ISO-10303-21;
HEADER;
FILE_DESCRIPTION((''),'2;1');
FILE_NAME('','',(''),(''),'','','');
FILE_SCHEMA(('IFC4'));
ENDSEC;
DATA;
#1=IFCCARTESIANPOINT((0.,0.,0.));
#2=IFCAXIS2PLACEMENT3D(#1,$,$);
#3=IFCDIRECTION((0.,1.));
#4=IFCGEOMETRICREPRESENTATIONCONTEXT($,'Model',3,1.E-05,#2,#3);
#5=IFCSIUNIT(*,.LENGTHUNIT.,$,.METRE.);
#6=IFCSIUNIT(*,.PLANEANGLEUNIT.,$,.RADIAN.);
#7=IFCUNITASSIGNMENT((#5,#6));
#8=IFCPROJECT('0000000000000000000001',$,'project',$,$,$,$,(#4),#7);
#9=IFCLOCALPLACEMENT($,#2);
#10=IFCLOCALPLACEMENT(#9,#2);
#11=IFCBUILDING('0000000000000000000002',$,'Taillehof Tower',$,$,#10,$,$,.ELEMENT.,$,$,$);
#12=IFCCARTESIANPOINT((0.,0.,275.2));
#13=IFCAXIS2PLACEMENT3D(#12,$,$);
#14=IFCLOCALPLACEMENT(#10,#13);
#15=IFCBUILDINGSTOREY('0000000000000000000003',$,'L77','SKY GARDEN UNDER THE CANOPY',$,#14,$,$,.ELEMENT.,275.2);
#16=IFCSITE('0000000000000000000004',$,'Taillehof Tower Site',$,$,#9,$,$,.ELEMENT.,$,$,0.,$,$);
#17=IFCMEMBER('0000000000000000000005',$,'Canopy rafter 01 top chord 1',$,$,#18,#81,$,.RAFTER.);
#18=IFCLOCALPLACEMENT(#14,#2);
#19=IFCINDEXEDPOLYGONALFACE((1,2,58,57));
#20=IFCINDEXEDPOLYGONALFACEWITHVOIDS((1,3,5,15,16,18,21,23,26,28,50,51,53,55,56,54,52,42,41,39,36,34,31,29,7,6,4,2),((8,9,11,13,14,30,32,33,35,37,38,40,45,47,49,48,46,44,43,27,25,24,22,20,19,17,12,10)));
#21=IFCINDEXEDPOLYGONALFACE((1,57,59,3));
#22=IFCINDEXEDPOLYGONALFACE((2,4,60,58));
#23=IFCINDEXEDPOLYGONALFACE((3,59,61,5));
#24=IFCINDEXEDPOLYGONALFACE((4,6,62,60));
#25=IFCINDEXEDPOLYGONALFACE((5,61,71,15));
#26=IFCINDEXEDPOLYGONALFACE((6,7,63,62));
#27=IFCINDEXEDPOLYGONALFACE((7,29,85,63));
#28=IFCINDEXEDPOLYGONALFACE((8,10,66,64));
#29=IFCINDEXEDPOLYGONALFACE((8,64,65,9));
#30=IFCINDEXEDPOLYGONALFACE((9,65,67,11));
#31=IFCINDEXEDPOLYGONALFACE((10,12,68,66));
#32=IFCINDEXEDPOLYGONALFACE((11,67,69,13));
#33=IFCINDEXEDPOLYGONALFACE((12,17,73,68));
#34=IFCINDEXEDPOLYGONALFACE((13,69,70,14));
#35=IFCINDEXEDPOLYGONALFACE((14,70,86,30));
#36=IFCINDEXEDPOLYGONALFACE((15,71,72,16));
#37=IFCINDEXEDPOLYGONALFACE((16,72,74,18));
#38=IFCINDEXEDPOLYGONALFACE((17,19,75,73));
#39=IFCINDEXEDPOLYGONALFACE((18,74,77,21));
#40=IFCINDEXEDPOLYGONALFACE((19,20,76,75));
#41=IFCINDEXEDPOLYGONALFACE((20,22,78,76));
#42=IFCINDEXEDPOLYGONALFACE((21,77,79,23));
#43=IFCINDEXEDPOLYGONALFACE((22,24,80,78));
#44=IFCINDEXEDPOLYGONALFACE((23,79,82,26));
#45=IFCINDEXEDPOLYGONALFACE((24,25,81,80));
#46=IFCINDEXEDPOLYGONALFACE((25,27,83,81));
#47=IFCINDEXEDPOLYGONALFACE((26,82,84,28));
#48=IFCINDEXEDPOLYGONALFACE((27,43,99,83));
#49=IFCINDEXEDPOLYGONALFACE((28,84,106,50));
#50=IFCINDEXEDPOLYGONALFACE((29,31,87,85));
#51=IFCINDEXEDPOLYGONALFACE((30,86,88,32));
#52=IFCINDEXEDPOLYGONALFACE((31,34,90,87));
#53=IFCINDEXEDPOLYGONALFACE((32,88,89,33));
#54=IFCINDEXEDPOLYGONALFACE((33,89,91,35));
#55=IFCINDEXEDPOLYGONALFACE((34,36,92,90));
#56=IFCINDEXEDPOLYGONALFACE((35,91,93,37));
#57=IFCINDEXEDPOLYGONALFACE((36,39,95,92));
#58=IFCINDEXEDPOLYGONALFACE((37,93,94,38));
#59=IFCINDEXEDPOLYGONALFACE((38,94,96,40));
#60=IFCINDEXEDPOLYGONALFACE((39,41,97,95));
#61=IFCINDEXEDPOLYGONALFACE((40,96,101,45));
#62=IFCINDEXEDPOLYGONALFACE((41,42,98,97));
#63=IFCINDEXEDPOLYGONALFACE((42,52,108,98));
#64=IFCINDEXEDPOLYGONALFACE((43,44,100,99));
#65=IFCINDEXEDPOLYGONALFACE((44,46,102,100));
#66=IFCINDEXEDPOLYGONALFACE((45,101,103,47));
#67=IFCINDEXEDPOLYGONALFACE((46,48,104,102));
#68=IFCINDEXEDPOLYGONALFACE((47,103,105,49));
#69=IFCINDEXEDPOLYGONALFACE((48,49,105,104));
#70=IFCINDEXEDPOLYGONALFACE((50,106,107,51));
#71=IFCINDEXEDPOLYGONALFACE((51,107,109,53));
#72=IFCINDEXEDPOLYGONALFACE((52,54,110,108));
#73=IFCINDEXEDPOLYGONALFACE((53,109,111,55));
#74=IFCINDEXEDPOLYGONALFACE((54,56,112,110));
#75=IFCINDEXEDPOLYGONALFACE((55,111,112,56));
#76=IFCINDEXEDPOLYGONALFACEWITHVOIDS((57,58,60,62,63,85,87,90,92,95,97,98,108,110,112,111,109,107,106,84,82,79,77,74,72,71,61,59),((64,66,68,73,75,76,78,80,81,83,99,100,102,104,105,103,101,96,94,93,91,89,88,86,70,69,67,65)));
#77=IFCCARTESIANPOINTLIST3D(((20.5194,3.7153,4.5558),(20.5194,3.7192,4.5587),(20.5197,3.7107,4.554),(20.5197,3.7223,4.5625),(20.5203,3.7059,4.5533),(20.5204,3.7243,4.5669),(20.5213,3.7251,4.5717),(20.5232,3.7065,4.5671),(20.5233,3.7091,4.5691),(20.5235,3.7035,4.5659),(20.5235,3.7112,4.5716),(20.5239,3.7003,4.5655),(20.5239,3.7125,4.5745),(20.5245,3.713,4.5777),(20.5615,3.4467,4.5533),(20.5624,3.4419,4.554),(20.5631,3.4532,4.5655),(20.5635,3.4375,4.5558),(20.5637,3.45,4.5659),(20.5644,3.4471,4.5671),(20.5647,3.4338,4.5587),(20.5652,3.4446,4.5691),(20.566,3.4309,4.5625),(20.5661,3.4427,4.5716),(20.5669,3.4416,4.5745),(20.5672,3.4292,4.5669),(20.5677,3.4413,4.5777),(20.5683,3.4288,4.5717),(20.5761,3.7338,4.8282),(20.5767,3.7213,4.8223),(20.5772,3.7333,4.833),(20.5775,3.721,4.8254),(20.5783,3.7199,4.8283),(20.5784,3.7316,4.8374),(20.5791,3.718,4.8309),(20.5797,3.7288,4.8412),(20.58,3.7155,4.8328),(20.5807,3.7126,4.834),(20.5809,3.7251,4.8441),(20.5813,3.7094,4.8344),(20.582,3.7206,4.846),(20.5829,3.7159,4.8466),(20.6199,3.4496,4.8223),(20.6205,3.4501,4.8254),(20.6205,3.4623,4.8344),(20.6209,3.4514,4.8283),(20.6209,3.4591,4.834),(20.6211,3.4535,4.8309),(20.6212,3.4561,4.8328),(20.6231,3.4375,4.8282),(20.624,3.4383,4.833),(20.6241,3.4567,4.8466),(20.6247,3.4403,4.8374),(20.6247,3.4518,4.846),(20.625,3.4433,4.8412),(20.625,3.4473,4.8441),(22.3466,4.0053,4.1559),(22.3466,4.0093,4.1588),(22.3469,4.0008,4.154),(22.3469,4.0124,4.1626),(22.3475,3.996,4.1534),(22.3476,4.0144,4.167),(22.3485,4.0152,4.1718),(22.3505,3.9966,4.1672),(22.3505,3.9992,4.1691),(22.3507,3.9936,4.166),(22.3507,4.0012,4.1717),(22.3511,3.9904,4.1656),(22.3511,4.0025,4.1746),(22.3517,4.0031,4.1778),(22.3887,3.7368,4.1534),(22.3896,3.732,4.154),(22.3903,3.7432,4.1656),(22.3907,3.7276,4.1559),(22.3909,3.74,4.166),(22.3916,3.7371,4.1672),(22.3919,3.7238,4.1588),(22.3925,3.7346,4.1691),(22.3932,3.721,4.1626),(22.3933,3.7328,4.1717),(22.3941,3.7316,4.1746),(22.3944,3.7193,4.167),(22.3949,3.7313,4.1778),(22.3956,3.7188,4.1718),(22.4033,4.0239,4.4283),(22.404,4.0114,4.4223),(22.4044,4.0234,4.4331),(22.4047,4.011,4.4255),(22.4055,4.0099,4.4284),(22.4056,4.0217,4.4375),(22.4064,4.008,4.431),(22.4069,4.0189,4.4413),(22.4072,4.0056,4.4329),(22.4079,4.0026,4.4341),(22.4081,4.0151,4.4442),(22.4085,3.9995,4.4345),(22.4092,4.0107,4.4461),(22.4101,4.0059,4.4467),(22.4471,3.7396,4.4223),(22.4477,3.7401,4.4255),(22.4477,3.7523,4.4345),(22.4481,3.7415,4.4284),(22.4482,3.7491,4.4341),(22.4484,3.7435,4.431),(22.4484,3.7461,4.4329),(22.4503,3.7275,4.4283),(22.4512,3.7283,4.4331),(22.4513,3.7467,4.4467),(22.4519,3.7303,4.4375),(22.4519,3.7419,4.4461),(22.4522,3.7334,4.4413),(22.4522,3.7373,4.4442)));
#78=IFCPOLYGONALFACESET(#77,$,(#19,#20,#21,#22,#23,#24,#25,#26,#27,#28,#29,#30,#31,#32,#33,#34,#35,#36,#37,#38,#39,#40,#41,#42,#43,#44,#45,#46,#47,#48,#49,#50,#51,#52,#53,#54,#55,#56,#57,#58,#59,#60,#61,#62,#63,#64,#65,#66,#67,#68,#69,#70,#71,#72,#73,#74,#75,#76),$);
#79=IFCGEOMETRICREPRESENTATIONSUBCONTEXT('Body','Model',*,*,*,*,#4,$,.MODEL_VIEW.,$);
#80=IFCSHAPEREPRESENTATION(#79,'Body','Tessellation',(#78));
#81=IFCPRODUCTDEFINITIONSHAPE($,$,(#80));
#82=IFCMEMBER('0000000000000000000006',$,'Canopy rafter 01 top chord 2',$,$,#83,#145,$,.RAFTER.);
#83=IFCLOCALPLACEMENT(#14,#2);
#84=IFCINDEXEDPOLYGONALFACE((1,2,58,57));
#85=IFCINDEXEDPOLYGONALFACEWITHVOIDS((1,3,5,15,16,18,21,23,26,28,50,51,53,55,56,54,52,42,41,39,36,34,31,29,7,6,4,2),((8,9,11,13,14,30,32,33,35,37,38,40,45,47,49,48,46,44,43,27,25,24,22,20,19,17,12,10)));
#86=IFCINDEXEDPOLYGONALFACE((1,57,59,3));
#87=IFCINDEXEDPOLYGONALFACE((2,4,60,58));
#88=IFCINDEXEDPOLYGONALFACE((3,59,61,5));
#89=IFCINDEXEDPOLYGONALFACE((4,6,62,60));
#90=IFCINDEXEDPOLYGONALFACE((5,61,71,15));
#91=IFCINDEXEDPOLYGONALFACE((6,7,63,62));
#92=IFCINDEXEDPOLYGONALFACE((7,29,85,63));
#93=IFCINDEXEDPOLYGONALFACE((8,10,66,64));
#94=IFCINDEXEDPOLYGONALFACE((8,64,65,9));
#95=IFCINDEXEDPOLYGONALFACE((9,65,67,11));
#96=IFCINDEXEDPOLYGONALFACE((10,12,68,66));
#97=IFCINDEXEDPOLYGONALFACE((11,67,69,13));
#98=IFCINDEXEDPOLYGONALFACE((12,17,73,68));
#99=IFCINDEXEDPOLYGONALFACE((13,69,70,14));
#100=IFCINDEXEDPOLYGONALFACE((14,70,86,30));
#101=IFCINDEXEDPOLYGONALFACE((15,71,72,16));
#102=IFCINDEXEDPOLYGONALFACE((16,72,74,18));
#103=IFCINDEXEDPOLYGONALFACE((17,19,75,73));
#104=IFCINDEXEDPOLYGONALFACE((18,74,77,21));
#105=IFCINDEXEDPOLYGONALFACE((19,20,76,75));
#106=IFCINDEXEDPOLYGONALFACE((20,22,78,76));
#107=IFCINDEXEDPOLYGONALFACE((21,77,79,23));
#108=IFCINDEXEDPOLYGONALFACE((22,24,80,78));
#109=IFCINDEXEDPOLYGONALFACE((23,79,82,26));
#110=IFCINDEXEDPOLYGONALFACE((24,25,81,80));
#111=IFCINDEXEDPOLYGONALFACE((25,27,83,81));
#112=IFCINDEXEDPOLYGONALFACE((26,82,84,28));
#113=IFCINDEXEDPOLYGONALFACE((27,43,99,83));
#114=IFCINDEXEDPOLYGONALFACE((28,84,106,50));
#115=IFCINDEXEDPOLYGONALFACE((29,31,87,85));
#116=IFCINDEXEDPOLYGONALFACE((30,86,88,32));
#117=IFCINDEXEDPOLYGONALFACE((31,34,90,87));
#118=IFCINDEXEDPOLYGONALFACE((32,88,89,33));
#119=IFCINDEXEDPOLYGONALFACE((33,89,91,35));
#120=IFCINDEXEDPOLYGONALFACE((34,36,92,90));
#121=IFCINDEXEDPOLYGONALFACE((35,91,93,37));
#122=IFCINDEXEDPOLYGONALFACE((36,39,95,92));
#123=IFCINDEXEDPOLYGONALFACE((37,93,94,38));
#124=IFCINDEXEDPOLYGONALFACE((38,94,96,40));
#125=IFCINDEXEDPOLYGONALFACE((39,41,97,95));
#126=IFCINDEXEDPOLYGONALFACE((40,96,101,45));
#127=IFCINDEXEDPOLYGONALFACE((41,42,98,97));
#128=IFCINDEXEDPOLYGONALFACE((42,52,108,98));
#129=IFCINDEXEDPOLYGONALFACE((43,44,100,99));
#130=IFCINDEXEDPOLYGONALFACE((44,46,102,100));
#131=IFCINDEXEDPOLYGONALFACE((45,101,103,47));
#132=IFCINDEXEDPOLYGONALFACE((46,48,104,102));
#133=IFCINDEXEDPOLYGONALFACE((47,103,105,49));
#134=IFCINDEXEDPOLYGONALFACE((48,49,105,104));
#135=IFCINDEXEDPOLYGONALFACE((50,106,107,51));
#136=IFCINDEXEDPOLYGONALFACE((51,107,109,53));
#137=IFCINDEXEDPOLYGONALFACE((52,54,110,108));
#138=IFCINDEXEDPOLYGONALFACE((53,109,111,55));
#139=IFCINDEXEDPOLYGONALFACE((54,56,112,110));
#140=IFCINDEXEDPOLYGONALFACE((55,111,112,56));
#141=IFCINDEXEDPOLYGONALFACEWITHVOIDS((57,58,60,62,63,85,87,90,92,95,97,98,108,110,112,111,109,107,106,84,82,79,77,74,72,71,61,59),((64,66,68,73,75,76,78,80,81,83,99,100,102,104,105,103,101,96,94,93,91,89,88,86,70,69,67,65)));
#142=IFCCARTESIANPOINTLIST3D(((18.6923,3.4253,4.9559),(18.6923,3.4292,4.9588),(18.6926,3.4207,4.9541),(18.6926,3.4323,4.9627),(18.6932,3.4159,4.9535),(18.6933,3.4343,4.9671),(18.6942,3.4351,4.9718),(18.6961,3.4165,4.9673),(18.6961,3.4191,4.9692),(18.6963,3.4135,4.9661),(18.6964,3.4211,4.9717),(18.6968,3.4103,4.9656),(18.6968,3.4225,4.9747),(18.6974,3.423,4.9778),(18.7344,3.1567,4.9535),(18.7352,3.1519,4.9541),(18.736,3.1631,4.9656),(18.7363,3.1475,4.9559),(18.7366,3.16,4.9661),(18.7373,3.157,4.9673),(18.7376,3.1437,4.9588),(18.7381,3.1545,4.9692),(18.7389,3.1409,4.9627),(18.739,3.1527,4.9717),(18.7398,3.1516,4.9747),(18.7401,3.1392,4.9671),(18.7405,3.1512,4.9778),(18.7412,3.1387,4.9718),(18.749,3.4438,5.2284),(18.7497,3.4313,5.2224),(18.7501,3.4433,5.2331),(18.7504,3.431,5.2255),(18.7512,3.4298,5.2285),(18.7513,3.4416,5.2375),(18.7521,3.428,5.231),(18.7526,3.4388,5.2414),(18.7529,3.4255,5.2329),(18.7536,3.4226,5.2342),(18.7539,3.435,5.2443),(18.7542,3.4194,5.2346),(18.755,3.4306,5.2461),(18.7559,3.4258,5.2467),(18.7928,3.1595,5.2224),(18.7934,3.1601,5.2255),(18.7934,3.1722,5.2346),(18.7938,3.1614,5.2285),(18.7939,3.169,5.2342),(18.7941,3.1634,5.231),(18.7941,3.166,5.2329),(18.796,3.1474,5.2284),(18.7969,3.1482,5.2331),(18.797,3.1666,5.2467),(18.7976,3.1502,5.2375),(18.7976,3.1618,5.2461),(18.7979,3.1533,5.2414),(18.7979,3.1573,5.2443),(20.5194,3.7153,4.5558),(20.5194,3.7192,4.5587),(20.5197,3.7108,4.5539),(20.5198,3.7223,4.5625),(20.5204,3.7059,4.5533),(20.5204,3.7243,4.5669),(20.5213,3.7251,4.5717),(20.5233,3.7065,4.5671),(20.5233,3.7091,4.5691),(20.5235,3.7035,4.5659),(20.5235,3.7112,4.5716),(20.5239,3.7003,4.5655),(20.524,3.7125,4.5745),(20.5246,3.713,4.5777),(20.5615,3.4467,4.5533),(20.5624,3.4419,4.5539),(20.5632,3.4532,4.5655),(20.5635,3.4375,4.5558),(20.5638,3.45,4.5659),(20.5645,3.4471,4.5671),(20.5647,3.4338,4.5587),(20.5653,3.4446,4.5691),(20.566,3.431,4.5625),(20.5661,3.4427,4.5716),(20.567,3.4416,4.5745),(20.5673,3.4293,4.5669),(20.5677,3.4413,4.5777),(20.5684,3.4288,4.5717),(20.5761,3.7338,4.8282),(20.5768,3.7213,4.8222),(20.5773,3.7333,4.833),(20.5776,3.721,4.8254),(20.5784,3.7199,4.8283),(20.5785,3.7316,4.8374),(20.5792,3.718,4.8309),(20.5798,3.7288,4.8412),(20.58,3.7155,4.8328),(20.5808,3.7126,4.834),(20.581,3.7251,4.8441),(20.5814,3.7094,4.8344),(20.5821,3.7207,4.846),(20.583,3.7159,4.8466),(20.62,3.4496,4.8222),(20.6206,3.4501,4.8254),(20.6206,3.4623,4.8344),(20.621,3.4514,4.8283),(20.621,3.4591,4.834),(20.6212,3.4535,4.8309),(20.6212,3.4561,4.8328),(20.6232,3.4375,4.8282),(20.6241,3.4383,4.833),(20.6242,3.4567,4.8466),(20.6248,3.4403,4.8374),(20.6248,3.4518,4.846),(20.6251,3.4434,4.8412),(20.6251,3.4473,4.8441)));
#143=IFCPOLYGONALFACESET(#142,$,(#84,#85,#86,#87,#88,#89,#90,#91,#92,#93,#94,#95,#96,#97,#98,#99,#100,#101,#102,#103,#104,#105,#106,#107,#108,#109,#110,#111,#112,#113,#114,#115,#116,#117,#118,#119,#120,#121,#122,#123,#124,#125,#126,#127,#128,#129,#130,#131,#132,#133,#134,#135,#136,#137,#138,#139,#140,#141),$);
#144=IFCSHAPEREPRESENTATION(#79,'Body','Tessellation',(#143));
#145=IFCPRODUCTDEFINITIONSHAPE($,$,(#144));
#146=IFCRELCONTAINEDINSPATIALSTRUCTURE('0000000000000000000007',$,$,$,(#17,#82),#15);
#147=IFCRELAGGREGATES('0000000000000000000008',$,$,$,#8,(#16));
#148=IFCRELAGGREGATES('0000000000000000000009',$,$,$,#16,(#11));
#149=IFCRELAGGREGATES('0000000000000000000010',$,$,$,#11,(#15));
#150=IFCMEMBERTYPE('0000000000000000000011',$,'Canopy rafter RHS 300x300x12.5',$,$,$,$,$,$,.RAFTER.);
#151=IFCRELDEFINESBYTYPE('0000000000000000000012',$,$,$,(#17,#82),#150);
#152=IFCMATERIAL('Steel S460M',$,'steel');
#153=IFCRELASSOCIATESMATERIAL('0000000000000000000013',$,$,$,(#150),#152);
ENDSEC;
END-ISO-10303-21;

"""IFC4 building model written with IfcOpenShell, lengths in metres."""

from ifc_helpers import new_model, si_unit, direction, frame, origin, origin_2d, place, context, subcontext, project, spatial, hollow_rectangle, extrude, material, material_profile, profile_set, type_object, element, save


model = new_model("IFC4")

# Units and contexts
model_context = context("Model", 3, precision=1e-05, world=origin(), true_north=direction((0.0, 1.0)))
body_context = subcontext(model_context, "Body", "Model", "MODEL_VIEW")
ifc_project = project(units=[si_unit("LENGTHUNIT", "METRE"), si_unit("PLANEANGLEUNIT", "RADIAN")], contexts=[model_context])

# Site, building, storey
site_placement = place(None, origin())
site = spatial("IfcSite", under=ifc_project, at=site_placement, Name="Taillehof Tower Site", CompositionType="ELEMENT", RefElevation=0.0)
building_placement = place(site_placement, origin())
building = spatial("IfcBuilding", under=site, at=building_placement, Name="Taillehof Tower", CompositionType="ELEMENT")
storey_placement = place(building_placement, frame((0.0, 0.0, 275.2)))
storey = spatial("IfcBuildingStorey", under=building, at=storey_placement, Name="L77", Description="SKY GARDEN UNDER THE CANOPY", CompositionType="ELEMENT", Elevation=275.2)

# Members
ifc_material_1 = material(Name="Steel S460M", Category="steel")
ifc_material_profile_1 = material_profile(ifc_material_1, hollow_rectangle(XDim=0.3, YDim=0.3, WallThickness=0.0125, InnerFilletRadius=0.0125, OuterFilletRadius=0.0188, at=origin_2d()), Name="RHS 300x300x12.5")
ifc_profile_set_1 = profile_set([ifc_material_profile_1], Name="Steel S460M")
member_type_1 = type_object("IfcMemberType", Name="Canopy rafter RHS 300x300x12.5", PredefinedType="RAFTER", material=ifc_profile_set_1)
for number, where, z_axis, x_axis, name in (
    (1, (22.3994, 3.8713, 4.3), (-0.965339, -0.153237, 0.211281), (0.156776, -0.987634, 0.0), "Canopy rafter 01 top chord 1"),
    (2, (20.5723, 3.5813, 4.7), (-0.965312, -0.153232, 0.211404), (0.156776, -0.987634, 0.0), "Canopy rafter 01 top chord 2"),
):
    element("IfcMember", number, at=place(storey_placement, frame(where, z_axis=z_axis, x_axis=x_axis)), inside=storey, type_object=member_type_1, Name=name, PredefinedType="RAFTER", context=body_context, shape_type="SweptSolid", body=[
        extrude(hollow_rectangle(XDim=0.3, YDim=0.3, WallThickness=0.0125, InnerFilletRadius=0.0125, OuterFilletRadius=0.0188, at=origin_2d()), origin(), (0.0, 0.0, 1.0), 1.8928),
    ])

save(model, "model.ifc")
